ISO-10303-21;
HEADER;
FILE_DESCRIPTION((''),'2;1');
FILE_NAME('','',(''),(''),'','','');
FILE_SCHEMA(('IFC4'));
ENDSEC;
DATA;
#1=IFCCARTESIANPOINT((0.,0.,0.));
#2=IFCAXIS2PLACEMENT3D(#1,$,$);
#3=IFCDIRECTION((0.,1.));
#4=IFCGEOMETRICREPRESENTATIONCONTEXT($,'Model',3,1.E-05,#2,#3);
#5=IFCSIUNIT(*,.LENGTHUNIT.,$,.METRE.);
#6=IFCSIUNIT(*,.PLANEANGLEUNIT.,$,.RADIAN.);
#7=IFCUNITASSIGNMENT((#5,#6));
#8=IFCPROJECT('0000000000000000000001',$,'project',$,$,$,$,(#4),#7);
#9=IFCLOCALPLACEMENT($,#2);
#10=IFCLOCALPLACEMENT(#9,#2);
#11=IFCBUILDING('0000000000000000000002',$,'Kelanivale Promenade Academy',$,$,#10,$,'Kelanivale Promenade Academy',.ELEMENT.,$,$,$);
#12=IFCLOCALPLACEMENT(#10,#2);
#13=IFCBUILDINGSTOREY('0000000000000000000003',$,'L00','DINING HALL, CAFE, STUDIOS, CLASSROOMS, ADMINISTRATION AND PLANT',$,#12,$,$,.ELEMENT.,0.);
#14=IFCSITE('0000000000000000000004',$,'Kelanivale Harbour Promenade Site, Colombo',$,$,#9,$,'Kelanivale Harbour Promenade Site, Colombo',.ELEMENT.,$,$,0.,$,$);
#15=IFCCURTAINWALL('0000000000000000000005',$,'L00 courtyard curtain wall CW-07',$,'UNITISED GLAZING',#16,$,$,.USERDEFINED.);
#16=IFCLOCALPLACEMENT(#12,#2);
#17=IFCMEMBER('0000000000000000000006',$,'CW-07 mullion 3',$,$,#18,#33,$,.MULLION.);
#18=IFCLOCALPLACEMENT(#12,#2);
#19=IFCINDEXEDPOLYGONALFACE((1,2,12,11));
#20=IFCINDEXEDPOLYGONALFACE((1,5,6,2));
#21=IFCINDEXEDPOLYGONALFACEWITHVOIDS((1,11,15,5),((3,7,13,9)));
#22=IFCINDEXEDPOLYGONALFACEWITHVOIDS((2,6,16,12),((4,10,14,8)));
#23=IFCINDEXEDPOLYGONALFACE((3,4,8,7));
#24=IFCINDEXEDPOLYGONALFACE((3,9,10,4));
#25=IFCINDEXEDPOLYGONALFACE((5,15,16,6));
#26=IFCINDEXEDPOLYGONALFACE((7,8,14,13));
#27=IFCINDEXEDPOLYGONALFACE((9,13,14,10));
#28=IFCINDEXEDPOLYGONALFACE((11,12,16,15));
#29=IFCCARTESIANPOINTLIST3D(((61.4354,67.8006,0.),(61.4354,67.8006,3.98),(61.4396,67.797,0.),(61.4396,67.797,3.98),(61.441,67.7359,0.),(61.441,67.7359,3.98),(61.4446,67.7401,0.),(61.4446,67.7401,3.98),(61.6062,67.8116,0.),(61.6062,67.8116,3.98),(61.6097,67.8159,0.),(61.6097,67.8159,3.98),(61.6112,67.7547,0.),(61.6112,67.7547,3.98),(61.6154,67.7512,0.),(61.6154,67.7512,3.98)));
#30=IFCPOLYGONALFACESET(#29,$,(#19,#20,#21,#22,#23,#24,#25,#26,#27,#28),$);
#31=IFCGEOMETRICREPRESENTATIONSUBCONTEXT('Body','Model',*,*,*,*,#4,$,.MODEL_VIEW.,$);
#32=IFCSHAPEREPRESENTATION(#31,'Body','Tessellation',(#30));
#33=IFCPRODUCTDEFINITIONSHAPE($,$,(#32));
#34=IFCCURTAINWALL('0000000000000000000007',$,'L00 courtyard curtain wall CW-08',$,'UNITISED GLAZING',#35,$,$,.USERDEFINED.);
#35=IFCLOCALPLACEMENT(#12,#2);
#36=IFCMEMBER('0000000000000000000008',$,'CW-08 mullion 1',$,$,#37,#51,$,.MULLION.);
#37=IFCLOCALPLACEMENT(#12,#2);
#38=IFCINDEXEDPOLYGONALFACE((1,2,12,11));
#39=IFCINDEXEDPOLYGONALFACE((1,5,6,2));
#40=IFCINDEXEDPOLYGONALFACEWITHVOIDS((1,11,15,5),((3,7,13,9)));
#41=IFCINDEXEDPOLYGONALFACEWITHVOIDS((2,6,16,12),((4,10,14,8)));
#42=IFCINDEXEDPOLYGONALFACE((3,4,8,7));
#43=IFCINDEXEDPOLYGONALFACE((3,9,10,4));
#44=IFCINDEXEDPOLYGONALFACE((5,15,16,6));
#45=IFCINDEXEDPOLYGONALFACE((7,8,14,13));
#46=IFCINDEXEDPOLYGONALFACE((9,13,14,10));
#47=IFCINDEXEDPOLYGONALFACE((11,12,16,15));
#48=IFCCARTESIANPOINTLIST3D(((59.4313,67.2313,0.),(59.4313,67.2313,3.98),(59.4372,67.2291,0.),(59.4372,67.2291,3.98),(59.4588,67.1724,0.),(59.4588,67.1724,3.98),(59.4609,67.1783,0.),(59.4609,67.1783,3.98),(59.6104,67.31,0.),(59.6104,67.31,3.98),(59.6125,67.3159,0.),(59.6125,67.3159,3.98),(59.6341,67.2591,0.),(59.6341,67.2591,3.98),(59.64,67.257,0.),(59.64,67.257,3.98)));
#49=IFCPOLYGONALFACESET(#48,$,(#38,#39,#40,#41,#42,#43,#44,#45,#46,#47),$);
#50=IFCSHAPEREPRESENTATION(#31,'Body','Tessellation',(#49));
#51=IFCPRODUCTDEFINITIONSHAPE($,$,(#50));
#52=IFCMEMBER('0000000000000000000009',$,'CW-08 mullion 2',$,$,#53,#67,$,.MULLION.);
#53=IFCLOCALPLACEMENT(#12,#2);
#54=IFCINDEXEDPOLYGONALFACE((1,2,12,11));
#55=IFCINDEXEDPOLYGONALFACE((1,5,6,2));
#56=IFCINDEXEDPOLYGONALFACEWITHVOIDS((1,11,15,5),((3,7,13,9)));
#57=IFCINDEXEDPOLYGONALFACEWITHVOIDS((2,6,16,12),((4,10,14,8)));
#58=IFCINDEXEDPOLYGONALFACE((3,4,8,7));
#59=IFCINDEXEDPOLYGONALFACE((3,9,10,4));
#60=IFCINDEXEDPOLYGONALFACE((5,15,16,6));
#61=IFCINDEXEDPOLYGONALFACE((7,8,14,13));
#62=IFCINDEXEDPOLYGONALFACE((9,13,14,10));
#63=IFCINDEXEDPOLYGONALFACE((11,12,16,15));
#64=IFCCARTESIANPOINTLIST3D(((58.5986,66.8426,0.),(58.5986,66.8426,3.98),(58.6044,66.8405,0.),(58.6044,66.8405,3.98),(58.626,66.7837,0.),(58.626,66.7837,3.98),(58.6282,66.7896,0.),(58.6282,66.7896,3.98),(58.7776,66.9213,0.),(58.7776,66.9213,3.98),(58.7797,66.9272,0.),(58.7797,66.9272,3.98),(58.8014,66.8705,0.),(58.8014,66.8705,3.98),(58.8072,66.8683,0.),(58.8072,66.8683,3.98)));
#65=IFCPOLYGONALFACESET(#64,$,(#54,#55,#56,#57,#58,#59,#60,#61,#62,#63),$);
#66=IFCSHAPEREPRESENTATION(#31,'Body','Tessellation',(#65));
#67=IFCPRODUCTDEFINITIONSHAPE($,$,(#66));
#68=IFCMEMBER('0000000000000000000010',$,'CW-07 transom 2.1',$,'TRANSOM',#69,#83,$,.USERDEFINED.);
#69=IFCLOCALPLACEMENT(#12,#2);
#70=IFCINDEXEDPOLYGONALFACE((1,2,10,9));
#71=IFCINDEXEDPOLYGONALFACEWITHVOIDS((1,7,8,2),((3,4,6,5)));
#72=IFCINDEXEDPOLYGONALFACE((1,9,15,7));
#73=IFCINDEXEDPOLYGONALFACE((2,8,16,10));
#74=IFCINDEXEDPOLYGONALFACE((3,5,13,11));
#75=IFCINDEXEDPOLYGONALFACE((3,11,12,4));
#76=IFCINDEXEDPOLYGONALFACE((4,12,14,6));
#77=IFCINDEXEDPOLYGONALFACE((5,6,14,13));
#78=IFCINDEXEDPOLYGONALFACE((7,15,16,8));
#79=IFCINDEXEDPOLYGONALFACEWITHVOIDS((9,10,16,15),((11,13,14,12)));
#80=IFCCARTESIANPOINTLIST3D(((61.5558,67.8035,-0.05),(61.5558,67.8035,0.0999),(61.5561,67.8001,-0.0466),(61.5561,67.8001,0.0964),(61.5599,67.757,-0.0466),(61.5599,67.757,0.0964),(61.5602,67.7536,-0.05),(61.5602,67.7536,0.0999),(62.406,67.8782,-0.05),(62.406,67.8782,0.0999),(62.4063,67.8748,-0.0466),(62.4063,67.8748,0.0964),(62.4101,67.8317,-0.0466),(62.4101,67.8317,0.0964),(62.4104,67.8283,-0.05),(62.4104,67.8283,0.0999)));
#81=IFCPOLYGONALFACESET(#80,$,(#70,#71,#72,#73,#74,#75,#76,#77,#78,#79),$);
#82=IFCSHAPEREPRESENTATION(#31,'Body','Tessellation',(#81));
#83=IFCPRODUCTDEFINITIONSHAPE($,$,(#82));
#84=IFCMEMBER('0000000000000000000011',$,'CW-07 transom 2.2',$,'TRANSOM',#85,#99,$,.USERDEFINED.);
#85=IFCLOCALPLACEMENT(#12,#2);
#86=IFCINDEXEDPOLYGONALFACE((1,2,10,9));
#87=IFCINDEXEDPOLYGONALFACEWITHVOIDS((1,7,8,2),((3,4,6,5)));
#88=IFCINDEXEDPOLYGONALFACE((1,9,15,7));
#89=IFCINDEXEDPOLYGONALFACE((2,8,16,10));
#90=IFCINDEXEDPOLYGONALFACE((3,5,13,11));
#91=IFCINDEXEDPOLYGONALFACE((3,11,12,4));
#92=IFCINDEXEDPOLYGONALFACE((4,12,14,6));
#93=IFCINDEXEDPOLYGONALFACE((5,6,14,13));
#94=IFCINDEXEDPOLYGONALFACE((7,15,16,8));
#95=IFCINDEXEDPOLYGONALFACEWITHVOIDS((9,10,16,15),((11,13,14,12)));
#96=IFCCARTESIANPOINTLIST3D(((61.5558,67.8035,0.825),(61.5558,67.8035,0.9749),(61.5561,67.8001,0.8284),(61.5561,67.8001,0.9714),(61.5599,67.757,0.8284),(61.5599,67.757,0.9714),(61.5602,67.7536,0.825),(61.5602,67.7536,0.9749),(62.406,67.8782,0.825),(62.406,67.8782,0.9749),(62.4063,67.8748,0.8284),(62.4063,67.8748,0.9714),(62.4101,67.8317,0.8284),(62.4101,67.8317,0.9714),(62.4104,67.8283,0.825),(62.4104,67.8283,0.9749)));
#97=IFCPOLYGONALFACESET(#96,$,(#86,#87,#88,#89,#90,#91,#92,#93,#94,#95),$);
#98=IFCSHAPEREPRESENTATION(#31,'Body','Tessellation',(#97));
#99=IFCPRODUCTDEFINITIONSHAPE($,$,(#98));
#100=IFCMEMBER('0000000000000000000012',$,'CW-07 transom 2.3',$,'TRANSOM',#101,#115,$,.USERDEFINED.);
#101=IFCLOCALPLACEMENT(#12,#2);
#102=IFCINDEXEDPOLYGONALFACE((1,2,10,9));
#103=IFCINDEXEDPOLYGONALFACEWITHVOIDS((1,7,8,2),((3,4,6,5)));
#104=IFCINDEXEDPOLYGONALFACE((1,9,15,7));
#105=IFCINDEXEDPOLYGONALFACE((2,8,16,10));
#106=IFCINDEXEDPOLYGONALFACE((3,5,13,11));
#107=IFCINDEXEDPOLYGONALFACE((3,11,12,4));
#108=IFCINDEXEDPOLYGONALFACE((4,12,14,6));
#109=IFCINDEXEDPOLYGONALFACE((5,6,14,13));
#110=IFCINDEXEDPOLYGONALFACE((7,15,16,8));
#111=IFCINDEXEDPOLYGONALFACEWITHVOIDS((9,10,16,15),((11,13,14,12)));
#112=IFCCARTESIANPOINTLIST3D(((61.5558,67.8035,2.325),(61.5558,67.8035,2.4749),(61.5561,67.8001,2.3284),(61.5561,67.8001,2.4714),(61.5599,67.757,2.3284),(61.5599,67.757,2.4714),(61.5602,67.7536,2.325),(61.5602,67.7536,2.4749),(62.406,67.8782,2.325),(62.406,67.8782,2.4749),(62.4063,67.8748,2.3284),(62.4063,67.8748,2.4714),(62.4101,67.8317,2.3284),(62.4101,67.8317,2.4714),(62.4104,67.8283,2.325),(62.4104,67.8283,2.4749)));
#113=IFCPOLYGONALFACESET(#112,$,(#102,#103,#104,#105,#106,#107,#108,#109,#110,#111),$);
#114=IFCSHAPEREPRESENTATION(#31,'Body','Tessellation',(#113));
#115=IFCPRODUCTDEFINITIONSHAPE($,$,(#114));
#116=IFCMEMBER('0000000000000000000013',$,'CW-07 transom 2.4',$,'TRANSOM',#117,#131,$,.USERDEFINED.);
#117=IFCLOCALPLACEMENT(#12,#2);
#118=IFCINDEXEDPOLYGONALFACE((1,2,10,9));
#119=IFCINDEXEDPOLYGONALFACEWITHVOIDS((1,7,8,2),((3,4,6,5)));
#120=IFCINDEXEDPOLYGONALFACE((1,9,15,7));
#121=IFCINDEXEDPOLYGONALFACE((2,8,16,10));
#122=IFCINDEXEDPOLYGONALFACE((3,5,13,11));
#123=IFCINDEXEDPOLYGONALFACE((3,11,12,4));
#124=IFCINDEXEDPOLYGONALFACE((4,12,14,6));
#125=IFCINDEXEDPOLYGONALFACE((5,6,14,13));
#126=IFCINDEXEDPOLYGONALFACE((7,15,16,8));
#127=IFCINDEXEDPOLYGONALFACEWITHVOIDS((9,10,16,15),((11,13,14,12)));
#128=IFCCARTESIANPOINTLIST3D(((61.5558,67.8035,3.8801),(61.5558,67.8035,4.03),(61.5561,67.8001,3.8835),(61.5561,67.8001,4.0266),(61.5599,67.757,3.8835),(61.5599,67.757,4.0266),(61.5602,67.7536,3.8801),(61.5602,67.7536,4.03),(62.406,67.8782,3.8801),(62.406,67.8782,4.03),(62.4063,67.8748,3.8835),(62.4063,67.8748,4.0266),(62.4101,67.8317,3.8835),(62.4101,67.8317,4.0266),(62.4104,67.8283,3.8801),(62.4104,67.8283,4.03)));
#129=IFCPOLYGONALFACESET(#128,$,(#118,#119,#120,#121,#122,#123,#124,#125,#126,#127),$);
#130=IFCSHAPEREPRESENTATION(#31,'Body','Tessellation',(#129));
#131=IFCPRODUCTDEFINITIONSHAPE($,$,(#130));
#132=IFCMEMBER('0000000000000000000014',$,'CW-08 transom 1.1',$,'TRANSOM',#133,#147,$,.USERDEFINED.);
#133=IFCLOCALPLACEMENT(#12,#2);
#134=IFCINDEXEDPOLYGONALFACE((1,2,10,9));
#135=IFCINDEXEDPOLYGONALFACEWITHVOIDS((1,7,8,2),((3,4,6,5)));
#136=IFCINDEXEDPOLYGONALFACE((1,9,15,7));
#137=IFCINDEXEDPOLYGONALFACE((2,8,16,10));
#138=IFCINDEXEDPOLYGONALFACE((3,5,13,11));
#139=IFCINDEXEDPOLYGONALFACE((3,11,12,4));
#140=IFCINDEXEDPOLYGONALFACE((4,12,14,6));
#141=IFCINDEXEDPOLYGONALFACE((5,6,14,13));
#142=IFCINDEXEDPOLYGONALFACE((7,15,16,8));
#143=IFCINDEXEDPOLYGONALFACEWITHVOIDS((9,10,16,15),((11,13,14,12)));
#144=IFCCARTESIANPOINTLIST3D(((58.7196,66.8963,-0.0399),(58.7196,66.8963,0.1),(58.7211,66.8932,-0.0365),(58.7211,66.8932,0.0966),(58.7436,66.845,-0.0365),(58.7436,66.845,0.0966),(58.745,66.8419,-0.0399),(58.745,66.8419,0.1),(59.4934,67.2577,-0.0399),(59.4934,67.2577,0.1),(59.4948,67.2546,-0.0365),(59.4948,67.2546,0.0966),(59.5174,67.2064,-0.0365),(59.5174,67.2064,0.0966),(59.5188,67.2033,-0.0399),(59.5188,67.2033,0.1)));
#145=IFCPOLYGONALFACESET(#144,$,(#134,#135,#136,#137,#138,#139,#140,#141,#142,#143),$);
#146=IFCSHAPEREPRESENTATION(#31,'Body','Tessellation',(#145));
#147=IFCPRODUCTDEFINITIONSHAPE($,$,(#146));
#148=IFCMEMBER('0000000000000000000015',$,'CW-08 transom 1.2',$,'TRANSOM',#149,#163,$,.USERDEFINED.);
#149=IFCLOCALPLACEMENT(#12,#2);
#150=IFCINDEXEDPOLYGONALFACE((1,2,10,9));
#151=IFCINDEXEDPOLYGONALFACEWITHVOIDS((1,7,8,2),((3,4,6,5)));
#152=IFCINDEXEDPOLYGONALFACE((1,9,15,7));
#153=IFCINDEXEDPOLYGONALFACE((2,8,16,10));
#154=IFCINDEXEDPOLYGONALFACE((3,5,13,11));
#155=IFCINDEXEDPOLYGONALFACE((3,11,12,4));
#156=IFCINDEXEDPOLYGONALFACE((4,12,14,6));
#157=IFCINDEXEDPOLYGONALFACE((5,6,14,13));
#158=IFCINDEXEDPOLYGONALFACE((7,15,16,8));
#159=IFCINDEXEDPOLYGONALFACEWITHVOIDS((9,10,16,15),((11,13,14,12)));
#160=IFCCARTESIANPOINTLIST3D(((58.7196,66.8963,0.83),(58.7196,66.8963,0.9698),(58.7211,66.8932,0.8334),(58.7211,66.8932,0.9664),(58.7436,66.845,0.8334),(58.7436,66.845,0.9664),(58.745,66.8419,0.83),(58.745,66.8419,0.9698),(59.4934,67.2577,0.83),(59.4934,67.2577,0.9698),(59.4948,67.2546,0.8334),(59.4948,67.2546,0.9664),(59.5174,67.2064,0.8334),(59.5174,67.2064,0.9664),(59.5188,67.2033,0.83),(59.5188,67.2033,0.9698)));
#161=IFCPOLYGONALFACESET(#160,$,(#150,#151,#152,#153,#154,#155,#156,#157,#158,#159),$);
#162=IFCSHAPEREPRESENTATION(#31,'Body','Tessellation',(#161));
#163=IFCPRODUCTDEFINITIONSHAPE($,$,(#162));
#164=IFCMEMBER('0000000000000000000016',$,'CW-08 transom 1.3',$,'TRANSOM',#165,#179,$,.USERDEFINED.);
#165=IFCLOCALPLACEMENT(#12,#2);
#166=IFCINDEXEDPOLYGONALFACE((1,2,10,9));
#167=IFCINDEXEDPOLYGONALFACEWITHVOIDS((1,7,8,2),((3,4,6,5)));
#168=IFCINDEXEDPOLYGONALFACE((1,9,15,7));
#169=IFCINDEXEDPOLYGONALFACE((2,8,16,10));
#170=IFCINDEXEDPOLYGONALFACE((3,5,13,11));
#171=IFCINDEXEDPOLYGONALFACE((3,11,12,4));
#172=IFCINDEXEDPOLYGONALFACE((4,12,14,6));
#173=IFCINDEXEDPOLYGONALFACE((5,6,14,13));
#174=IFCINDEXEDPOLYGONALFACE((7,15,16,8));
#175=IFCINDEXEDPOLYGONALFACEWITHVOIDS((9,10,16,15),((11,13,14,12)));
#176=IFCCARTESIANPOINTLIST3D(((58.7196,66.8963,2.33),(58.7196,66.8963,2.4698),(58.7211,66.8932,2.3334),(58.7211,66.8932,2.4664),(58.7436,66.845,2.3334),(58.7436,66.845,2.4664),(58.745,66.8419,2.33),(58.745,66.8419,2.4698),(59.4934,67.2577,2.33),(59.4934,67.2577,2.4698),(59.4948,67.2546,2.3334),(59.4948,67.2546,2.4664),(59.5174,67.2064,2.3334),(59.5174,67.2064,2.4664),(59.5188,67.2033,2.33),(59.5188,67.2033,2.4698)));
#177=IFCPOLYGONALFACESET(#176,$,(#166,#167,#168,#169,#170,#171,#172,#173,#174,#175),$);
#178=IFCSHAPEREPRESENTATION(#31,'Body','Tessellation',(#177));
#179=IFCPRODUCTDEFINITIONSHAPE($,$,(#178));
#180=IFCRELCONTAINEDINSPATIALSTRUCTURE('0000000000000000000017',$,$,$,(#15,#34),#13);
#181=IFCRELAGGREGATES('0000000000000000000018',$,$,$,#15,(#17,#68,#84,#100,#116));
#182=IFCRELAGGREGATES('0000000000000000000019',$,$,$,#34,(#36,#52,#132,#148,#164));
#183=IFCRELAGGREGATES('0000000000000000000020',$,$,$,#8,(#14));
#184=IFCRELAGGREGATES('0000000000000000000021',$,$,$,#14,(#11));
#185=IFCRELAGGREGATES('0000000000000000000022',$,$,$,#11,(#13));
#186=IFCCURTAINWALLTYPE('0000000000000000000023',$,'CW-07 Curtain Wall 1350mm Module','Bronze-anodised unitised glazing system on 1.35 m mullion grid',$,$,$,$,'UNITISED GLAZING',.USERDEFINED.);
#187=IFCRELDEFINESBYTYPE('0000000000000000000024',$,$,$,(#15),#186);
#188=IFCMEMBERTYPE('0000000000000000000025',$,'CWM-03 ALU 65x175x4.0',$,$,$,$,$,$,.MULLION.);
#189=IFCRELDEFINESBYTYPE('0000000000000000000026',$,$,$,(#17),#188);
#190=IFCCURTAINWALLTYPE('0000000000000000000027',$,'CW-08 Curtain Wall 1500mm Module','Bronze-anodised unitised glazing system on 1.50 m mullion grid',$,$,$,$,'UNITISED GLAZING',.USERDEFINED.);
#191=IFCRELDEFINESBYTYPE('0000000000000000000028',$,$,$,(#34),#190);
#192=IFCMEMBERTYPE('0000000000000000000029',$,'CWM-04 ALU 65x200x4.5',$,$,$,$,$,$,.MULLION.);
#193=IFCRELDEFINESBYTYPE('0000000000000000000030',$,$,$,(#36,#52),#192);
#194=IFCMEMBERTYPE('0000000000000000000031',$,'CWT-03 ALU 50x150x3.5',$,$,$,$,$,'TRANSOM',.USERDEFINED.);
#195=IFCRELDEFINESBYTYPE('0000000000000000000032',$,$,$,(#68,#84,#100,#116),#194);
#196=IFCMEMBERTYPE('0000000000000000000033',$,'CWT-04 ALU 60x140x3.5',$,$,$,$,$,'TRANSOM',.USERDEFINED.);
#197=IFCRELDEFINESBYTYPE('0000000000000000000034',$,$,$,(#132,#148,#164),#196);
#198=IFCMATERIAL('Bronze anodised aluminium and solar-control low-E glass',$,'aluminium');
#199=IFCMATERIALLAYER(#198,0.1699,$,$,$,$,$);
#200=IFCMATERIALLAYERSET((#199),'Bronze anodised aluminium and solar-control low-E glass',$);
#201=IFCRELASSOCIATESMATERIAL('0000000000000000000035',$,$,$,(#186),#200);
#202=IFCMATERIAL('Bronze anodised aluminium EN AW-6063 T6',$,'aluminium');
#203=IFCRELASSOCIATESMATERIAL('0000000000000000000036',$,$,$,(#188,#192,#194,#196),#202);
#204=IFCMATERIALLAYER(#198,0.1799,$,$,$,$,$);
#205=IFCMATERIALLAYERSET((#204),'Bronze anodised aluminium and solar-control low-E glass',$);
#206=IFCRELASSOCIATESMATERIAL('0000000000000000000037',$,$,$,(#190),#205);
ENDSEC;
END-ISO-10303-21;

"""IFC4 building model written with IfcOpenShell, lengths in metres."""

from ifc_helpers import new_model, si_unit, direction, frame, origin, origin_2d, place, context, subcontext, project, spatial, hollow_rectangle, extrude, material, layer, layer_set, material_profile, profile_set, type_object, element, aggregate, save


model = new_model("IFC4")

# Units and contexts
model_context = context("Model", 3, precision=1e-05, world=origin(), true_north=direction((0.0, 1.0)))
body_context = subcontext(model_context, "Body", "Model", "MODEL_VIEW")
ifc_project = project(units=[si_unit("LENGTHUNIT", "METRE"), si_unit("PLANEANGLEUNIT", "RADIAN")], contexts=[model_context])

# Site, building, storey
site_placement = place(None, origin())
site = spatial("IfcSite", under=ifc_project, at=site_placement, Name="Kelanivale Harbour Promenade Site, Colombo", LongName="Kelanivale Harbour Promenade Site, Colombo", CompositionType="ELEMENT", RefElevation=0.0)
building_placement = place(site_placement, origin())
building = spatial("IfcBuilding", under=site, at=building_placement, Name="Kelanivale Promenade Academy", LongName="Kelanivale Promenade Academy", CompositionType="ELEMENT")
storey_placement = place(building_placement, origin())
storey = spatial("IfcBuildingStorey", under=building, at=storey_placement, Name="L00", Description="DINING HALL, CAFE, STUDIOS, CLASSROOMS, ADMINISTRATION AND PLANT", CompositionType="ELEMENT", Elevation=0.0)

# Curtain wall, member
ifc_material_1 = material(Name="Bronze anodised aluminium and solar-control low-E glass", Category="aluminium")
ifc_layer_1 = layer(ifc_material_1, 0.1699)
ifc_layer_set_1 = layer_set([ifc_layer_1], Name="Bronze anodised aluminium and solar-control low-E glass")
curtain_wall_type_1 = type_object("IfcCurtainWallType", Name="CW-07 Curtain Wall 1350mm Module", Description="Bronze-anodised unitised glazing system on 1.35 m mullion grid", ElementType="UNITISED GLAZING", PredefinedType="USERDEFINED", material=ifc_layer_set_1)
curtain_wall_1_placement = place(storey_placement, origin())
curtain_wall_1 = element("IfcCurtainWall", 1, at=curtain_wall_1_placement, inside=storey, type_object=curtain_wall_type_1, Name="L00 courtyard curtain wall CW-07", ObjectType="UNITISED GLAZING", PredefinedType="USERDEFINED")
ifc_material_2 = material(Name="Bronze anodised aluminium EN AW-6063 T6", Category="aluminium")
ifc_material_profile_1 = material_profile(ifc_material_2, hollow_rectangle(XDim=0.0649, YDim=0.175, WallThickness=0.0039, at=origin_2d()), Name="ALU 65x175x4.0")
ifc_profile_set_1 = profile_set([ifc_material_profile_1], Name="Bronze anodised aluminium EN AW-6063 T6")
member_type_1 = type_object("IfcMemberType", Name="CWM-03 ALU 65x175x4.0", PredefinedType="MULLION", material=ifc_profile_set_1)
member_1_placement = place(storey_placement, frame((61.5254, 67.7759, 0.0), z_axis=(0.0, 0.0, 1.0), x_axis=(0.087265, -0.996185, 0.0)))
member_1 = element("IfcMember", 2, at=member_1_placement, type_object=member_type_1, Name="CW-07 mullion 3", PredefinedType="MULLION", context=body_context, shape_type="SweptSolid", body=[
    extrude(hollow_rectangle(XDim=0.0649, YDim=0.175, WallThickness=0.0039, at=origin_2d()), origin(), (0.0, 0.0, 1.0), 3.98),
])

# Curtain wall, members
ifc_layer_2 = layer(ifc_material_1, 0.1799)
ifc_layer_set_2 = layer_set([ifc_layer_2], Name="Bronze anodised aluminium and solar-control low-E glass")
curtain_wall_type_2 = type_object("IfcCurtainWallType", Name="CW-08 Curtain Wall 1500mm Module", Description="Bronze-anodised unitised glazing system on 1.50 m mullion grid", ElementType="UNITISED GLAZING", PredefinedType="USERDEFINED", material=ifc_layer_set_2)
curtain_wall_2_placement = place(storey_placement, origin())
curtain_wall_2 = element("IfcCurtainWall", 3, at=curtain_wall_2_placement, inside=storey, type_object=curtain_wall_type_2, Name="L00 courtyard curtain wall CW-08", ObjectType="UNITISED GLAZING", PredefinedType="USERDEFINED")
ifc_material_profile_2 = material_profile(ifc_material_2, hollow_rectangle(XDim=0.0649, YDim=0.2, WallThickness=0.0044, at=origin_2d()), Name="ALU 65x200x4.5")
ifc_profile_set_2 = profile_set([ifc_material_profile_2], Name="Bronze anodised aluminium EN AW-6063 T6")
member_type_2 = type_object("IfcMemberType", Name="CWM-04 ALU 65x200x4.5", PredefinedType="MULLION", material=ifc_profile_set_2)
member_2_placement = place(storey_placement, frame((59.5356, 67.2441, 0.0), z_axis=(0.0, 0.0, 1.0), x_axis=(0.423087, -0.906089, 0.0)))
member_2 = element("IfcMember", 4, at=member_2_placement, type_object=member_type_2, Name="CW-08 mullion 1", PredefinedType="MULLION", context=body_context, shape_type="SweptSolid", body=[
    extrude(hollow_rectangle(XDim=0.0649, YDim=0.2, WallThickness=0.0044, at=origin_2d()), origin(), (0.0, 0.0, 1.0), 3.98),
])
member_3_placement = place(storey_placement, frame((58.7029, 66.8555, 0.0), z_axis=(0.0, 0.0, 1.0), x_axis=(0.423087, -0.906089, 0.0)))
member_3 = element("IfcMember", 5, at=member_3_placement, type_object=member_type_2, Name="CW-08 mullion 2", PredefinedType="MULLION", context=body_context, shape_type="SweptSolid", body=[
    extrude(hollow_rectangle(XDim=0.0649, YDim=0.2, WallThickness=0.0044, at=origin_2d()), origin(), (0.0, 0.0, 1.0), 3.98),
])

# Members
ifc_material_profile_3 = material_profile(ifc_material_2, hollow_rectangle(XDim=0.05, YDim=0.1499, WallThickness=0.0034, at=origin_2d()), Name="ALU 50x150x3.5")
ifc_profile_set_3 = profile_set([ifc_material_profile_3], Name="Bronze anodised aluminium EN AW-6063 T6")
member_type_3 = type_object("IfcMemberType", Name="CWT-03 ALU 50x150x3.5", ElementType="TRANSOM", PredefinedType="USERDEFINED", material=ifc_profile_set_3)
member_4_placement = place(storey_placement, frame((62.4082, 67.8533, 0.0249), z_axis=(-0.996163, -0.087518, 0.0), x_axis=(0.087518, -0.996163, 0.0)))
member_4 = element("IfcMember", 6, at=member_4_placement, type_object=member_type_3, Name="CW-07 transom 2.1", ObjectType="TRANSOM", PredefinedType="USERDEFINED", context=body_context, shape_type="SweptSolid", body=[
    extrude(hollow_rectangle(XDim=0.05, YDim=0.1499, WallThickness=0.0034, at=origin_2d()), origin(), (0.0, 0.0, 1.0), 0.8535),
])
member_5_placement = place(storey_placement, frame((62.4082, 67.8533, 0.8999), z_axis=(-0.996163, -0.087518, 0.0), x_axis=(0.087518, -0.996163, 0.0)))
member_5 = element("IfcMember", 7, at=member_5_placement, type_object=member_type_3, Name="CW-07 transom 2.2", ObjectType="TRANSOM", PredefinedType="USERDEFINED", context=body_context, shape_type="SweptSolid", body=[
    extrude(hollow_rectangle(XDim=0.05, YDim=0.1499, WallThickness=0.0034, at=origin_2d()), origin(), (0.0, 0.0, 1.0), 0.8535),
])
member_6_placement = place(storey_placement, frame((62.4082, 67.8533, 2.3999), z_axis=(-0.996163, -0.087518, 0.0), x_axis=(0.087518, -0.996163, 0.0)))
member_6 = element("IfcMember", 8, at=member_6_placement, type_object=member_type_3, Name="CW-07 transom 2.3", ObjectType="TRANSOM", PredefinedType="USERDEFINED", context=body_context, shape_type="SweptSolid", body=[
    extrude(hollow_rectangle(XDim=0.05, YDim=0.1499, WallThickness=0.0034, at=origin_2d()), origin(), (0.0, 0.0, 1.0), 0.8535),
])
member_7_placement = place(storey_placement, frame((62.4082, 67.8533, 3.9551), z_axis=(-0.996163, -0.087518, 0.0), x_axis=(0.087518, -0.996163, 0.0)))
member_7 = element("IfcMember", 9, at=member_7_placement, type_object=member_type_3, Name="CW-07 transom 2.4", ObjectType="TRANSOM", PredefinedType="USERDEFINED", context=body_context, shape_type="SweptSolid", body=[
    extrude(hollow_rectangle(XDim=0.05, YDim=0.1499, WallThickness=0.0034, at=origin_2d()), origin(), (0.0, 0.0, 1.0), 0.8535),
])
ifc_material_profile_4 = material_profile(ifc_material_2, hollow_rectangle(XDim=0.0601, YDim=0.1399, WallThickness=0.0034, at=origin_2d()), Name="ALU 60x140x3.5")
ifc_profile_set_4 = profile_set([ifc_material_profile_4], Name="Bronze anodised aluminium EN AW-6063 T6")
member_type_4 = type_object("IfcMemberType", Name="CWT-04 ALU 60x140x3.5", ElementType="TRANSOM", PredefinedType="USERDEFINED", material=ifc_profile_set_4)
member_8_placement = place(storey_placement, frame((59.5061, 67.2305, 0.03), z_axis=(-0.906059, -0.423152, 0.0), x_axis=(0.423152, -0.906059, 0.0)))
member_8 = element("IfcMember", 10, at=member_8_placement, type_object=member_type_4, Name="CW-08 transom 1.1", ObjectType="TRANSOM", PredefinedType="USERDEFINED", context=body_context, shape_type="SweptSolid", body=[
    extrude(hollow_rectangle(XDim=0.0601, YDim=0.1399, WallThickness=0.0034, at=origin_2d()), origin(), (0.0, 0.0, 1.0), 0.854),
])
member_9_placement = place(storey_placement, frame((59.5061, 67.2305, 0.8999), z_axis=(-0.906059, -0.423152, 0.0), x_axis=(0.423152, -0.906059, 0.0)))
member_9 = element("IfcMember", 11, at=member_9_placement, type_object=member_type_4, Name="CW-08 transom 1.2", ObjectType="TRANSOM", PredefinedType="USERDEFINED", context=body_context, shape_type="SweptSolid", body=[
    extrude(hollow_rectangle(XDim=0.0601, YDim=0.1399, WallThickness=0.0034, at=origin_2d()), origin(), (0.0, 0.0, 1.0), 0.854),
])
member_10_placement = place(storey_placement, frame((59.5061, 67.2305, 2.3999), z_axis=(-0.906059, -0.423152, 0.0), x_axis=(0.423152, -0.906059, 0.0)))
member_10 = element("IfcMember", 12, at=member_10_placement, type_object=member_type_4, Name="CW-08 transom 1.3", ObjectType="TRANSOM", PredefinedType="USERDEFINED", context=body_context, shape_type="SweptSolid", body=[
    extrude(hollow_rectangle(XDim=0.0601, YDim=0.1399, WallThickness=0.0034, at=origin_2d()), origin(), (0.0, 0.0, 1.0), 0.854),
])

aggregate(curtain_wall_1, [member_1, member_4, member_5, member_6, member_7])
aggregate(curtain_wall_2, [member_2, member_3, member_8, member_9, member_10])

save(model, "model.ifc")
